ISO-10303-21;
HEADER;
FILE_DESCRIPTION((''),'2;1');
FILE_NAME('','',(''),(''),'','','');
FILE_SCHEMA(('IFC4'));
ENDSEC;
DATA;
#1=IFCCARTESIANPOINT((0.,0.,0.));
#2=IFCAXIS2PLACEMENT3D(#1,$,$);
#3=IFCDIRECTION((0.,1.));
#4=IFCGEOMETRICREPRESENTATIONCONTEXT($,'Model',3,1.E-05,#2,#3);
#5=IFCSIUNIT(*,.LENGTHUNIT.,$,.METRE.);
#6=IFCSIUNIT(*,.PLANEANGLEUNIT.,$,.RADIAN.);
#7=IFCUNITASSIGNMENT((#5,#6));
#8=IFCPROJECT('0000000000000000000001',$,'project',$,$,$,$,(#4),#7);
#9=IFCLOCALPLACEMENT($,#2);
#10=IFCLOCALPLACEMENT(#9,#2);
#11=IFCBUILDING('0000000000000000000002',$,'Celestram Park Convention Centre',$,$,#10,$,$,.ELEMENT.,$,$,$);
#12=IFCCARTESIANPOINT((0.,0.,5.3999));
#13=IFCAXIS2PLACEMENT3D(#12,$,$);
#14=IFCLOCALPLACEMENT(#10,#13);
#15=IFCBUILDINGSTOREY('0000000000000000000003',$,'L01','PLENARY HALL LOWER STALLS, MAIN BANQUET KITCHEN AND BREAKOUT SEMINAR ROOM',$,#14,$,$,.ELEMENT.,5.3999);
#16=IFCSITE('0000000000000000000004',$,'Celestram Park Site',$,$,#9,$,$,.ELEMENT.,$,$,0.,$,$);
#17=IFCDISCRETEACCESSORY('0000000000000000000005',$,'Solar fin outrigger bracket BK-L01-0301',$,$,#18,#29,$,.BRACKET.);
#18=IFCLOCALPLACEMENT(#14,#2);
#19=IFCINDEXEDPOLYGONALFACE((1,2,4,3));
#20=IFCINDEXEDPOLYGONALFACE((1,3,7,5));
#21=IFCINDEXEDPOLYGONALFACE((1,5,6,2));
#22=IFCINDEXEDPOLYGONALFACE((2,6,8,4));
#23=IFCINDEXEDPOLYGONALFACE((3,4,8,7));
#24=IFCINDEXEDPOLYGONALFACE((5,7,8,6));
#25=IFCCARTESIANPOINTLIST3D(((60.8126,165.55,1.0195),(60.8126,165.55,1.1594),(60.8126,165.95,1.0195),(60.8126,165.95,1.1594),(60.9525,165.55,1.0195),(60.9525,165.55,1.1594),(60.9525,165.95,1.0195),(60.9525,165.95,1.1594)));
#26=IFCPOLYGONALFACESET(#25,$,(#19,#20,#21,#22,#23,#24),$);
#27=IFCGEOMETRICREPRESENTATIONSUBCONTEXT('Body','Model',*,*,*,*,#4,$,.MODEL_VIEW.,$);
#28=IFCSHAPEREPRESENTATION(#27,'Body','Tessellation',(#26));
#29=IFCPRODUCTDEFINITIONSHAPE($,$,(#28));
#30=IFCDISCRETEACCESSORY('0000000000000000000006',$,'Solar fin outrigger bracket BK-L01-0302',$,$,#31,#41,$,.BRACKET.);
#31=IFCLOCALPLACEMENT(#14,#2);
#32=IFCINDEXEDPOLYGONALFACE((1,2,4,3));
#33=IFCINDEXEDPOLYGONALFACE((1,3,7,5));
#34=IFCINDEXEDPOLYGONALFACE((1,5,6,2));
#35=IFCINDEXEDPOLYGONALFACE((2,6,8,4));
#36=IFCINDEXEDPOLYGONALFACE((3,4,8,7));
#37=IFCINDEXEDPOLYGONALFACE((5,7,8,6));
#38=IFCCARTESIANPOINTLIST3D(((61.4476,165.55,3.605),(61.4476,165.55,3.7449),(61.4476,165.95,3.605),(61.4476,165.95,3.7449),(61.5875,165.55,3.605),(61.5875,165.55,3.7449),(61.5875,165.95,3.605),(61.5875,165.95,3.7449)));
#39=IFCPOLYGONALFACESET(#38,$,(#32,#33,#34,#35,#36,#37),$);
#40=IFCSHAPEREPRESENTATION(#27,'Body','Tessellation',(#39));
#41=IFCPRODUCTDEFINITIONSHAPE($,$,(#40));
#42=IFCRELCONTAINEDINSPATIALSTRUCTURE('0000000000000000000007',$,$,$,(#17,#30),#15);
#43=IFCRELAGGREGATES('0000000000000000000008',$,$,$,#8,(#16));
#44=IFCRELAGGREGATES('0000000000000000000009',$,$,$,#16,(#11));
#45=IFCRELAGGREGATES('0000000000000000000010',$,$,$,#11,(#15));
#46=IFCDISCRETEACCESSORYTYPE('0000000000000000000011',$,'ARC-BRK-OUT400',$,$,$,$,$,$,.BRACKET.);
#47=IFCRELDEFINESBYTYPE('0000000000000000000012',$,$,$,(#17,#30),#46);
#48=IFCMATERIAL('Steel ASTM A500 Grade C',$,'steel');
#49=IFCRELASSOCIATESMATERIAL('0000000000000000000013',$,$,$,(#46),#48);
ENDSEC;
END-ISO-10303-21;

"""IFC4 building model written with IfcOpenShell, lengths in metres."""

from ifc_helpers import new_model, si_unit, direction, frame, origin, origin_2d, place, context, subcontext, project, spatial, rectangle, extrude, material, type_object, element, save


model = new_model("IFC4")

# Units and contexts
model_context = context("Model", 3, precision=1e-05, world=origin(), true_north=direction((0.0, 1.0)))
body_context = subcontext(model_context, "Body", "Model", "MODEL_VIEW")
ifc_project = project(units=[si_unit("LENGTHUNIT", "METRE"), si_unit("PLANEANGLEUNIT", "RADIAN")], contexts=[model_context])

# Site, building, storey
site_placement = place(None, origin())
site = spatial("IfcSite", under=ifc_project, at=site_placement, Name="Celestram Park Site", CompositionType="ELEMENT", RefElevation=0.0)
building_placement = place(site_placement, origin())
building = spatial("IfcBuilding", under=site, at=building_placement, Name="Celestram Park Convention Centre", CompositionType="ELEMENT")
storey_placement = place(building_placement, frame((0.0, 0.0, 5.3999)))
storey = spatial("IfcBuildingStorey", under=building, at=storey_placement, Name="L01", Description="PLENARY HALL LOWER STALLS, MAIN BANQUET KITCHEN AND BREAKOUT SEMINAR ROOM", CompositionType="ELEMENT", Elevation=5.3999)

# Discrete accessories
ifc_material_1 = material(Name="Steel ASTM A500 Grade C", Category="steel")
discrete_accessory_type = type_object("IfcDiscreteAccessoryType", Name="ARC-BRK-OUT400", PredefinedType="BRACKET", material=ifc_material_1)
for number, where, z_axis, x_axis, name in (
    (1, (60.8826, 165.75, 1.0195), (0.0, 0.0, 1.0), (0.0, 1.0, 0.0), "Solar fin outrigger bracket BK-L01-0301"),
    (2, (61.5176, 165.75, 3.605), (0.0, 0.0, 1.0), (0.0, 1.0, 0.0), "Solar fin outrigger bracket BK-L01-0302"),
):
    element("IfcDiscreteAccessory", number, at=place(storey_placement, frame(where, z_axis=z_axis, x_axis=x_axis)), inside=storey, type_object=discrete_accessory_type, Name=name, PredefinedType="BRACKET", context=body_context, shape_type="SweptSolid", body=[
        extrude(rectangle(XDim=0.3999, YDim=0.1399, at=origin_2d()), origin(), (0.0, 0.0, 1.0), 0.1399),
    ])

save(model, "model.ifc")
